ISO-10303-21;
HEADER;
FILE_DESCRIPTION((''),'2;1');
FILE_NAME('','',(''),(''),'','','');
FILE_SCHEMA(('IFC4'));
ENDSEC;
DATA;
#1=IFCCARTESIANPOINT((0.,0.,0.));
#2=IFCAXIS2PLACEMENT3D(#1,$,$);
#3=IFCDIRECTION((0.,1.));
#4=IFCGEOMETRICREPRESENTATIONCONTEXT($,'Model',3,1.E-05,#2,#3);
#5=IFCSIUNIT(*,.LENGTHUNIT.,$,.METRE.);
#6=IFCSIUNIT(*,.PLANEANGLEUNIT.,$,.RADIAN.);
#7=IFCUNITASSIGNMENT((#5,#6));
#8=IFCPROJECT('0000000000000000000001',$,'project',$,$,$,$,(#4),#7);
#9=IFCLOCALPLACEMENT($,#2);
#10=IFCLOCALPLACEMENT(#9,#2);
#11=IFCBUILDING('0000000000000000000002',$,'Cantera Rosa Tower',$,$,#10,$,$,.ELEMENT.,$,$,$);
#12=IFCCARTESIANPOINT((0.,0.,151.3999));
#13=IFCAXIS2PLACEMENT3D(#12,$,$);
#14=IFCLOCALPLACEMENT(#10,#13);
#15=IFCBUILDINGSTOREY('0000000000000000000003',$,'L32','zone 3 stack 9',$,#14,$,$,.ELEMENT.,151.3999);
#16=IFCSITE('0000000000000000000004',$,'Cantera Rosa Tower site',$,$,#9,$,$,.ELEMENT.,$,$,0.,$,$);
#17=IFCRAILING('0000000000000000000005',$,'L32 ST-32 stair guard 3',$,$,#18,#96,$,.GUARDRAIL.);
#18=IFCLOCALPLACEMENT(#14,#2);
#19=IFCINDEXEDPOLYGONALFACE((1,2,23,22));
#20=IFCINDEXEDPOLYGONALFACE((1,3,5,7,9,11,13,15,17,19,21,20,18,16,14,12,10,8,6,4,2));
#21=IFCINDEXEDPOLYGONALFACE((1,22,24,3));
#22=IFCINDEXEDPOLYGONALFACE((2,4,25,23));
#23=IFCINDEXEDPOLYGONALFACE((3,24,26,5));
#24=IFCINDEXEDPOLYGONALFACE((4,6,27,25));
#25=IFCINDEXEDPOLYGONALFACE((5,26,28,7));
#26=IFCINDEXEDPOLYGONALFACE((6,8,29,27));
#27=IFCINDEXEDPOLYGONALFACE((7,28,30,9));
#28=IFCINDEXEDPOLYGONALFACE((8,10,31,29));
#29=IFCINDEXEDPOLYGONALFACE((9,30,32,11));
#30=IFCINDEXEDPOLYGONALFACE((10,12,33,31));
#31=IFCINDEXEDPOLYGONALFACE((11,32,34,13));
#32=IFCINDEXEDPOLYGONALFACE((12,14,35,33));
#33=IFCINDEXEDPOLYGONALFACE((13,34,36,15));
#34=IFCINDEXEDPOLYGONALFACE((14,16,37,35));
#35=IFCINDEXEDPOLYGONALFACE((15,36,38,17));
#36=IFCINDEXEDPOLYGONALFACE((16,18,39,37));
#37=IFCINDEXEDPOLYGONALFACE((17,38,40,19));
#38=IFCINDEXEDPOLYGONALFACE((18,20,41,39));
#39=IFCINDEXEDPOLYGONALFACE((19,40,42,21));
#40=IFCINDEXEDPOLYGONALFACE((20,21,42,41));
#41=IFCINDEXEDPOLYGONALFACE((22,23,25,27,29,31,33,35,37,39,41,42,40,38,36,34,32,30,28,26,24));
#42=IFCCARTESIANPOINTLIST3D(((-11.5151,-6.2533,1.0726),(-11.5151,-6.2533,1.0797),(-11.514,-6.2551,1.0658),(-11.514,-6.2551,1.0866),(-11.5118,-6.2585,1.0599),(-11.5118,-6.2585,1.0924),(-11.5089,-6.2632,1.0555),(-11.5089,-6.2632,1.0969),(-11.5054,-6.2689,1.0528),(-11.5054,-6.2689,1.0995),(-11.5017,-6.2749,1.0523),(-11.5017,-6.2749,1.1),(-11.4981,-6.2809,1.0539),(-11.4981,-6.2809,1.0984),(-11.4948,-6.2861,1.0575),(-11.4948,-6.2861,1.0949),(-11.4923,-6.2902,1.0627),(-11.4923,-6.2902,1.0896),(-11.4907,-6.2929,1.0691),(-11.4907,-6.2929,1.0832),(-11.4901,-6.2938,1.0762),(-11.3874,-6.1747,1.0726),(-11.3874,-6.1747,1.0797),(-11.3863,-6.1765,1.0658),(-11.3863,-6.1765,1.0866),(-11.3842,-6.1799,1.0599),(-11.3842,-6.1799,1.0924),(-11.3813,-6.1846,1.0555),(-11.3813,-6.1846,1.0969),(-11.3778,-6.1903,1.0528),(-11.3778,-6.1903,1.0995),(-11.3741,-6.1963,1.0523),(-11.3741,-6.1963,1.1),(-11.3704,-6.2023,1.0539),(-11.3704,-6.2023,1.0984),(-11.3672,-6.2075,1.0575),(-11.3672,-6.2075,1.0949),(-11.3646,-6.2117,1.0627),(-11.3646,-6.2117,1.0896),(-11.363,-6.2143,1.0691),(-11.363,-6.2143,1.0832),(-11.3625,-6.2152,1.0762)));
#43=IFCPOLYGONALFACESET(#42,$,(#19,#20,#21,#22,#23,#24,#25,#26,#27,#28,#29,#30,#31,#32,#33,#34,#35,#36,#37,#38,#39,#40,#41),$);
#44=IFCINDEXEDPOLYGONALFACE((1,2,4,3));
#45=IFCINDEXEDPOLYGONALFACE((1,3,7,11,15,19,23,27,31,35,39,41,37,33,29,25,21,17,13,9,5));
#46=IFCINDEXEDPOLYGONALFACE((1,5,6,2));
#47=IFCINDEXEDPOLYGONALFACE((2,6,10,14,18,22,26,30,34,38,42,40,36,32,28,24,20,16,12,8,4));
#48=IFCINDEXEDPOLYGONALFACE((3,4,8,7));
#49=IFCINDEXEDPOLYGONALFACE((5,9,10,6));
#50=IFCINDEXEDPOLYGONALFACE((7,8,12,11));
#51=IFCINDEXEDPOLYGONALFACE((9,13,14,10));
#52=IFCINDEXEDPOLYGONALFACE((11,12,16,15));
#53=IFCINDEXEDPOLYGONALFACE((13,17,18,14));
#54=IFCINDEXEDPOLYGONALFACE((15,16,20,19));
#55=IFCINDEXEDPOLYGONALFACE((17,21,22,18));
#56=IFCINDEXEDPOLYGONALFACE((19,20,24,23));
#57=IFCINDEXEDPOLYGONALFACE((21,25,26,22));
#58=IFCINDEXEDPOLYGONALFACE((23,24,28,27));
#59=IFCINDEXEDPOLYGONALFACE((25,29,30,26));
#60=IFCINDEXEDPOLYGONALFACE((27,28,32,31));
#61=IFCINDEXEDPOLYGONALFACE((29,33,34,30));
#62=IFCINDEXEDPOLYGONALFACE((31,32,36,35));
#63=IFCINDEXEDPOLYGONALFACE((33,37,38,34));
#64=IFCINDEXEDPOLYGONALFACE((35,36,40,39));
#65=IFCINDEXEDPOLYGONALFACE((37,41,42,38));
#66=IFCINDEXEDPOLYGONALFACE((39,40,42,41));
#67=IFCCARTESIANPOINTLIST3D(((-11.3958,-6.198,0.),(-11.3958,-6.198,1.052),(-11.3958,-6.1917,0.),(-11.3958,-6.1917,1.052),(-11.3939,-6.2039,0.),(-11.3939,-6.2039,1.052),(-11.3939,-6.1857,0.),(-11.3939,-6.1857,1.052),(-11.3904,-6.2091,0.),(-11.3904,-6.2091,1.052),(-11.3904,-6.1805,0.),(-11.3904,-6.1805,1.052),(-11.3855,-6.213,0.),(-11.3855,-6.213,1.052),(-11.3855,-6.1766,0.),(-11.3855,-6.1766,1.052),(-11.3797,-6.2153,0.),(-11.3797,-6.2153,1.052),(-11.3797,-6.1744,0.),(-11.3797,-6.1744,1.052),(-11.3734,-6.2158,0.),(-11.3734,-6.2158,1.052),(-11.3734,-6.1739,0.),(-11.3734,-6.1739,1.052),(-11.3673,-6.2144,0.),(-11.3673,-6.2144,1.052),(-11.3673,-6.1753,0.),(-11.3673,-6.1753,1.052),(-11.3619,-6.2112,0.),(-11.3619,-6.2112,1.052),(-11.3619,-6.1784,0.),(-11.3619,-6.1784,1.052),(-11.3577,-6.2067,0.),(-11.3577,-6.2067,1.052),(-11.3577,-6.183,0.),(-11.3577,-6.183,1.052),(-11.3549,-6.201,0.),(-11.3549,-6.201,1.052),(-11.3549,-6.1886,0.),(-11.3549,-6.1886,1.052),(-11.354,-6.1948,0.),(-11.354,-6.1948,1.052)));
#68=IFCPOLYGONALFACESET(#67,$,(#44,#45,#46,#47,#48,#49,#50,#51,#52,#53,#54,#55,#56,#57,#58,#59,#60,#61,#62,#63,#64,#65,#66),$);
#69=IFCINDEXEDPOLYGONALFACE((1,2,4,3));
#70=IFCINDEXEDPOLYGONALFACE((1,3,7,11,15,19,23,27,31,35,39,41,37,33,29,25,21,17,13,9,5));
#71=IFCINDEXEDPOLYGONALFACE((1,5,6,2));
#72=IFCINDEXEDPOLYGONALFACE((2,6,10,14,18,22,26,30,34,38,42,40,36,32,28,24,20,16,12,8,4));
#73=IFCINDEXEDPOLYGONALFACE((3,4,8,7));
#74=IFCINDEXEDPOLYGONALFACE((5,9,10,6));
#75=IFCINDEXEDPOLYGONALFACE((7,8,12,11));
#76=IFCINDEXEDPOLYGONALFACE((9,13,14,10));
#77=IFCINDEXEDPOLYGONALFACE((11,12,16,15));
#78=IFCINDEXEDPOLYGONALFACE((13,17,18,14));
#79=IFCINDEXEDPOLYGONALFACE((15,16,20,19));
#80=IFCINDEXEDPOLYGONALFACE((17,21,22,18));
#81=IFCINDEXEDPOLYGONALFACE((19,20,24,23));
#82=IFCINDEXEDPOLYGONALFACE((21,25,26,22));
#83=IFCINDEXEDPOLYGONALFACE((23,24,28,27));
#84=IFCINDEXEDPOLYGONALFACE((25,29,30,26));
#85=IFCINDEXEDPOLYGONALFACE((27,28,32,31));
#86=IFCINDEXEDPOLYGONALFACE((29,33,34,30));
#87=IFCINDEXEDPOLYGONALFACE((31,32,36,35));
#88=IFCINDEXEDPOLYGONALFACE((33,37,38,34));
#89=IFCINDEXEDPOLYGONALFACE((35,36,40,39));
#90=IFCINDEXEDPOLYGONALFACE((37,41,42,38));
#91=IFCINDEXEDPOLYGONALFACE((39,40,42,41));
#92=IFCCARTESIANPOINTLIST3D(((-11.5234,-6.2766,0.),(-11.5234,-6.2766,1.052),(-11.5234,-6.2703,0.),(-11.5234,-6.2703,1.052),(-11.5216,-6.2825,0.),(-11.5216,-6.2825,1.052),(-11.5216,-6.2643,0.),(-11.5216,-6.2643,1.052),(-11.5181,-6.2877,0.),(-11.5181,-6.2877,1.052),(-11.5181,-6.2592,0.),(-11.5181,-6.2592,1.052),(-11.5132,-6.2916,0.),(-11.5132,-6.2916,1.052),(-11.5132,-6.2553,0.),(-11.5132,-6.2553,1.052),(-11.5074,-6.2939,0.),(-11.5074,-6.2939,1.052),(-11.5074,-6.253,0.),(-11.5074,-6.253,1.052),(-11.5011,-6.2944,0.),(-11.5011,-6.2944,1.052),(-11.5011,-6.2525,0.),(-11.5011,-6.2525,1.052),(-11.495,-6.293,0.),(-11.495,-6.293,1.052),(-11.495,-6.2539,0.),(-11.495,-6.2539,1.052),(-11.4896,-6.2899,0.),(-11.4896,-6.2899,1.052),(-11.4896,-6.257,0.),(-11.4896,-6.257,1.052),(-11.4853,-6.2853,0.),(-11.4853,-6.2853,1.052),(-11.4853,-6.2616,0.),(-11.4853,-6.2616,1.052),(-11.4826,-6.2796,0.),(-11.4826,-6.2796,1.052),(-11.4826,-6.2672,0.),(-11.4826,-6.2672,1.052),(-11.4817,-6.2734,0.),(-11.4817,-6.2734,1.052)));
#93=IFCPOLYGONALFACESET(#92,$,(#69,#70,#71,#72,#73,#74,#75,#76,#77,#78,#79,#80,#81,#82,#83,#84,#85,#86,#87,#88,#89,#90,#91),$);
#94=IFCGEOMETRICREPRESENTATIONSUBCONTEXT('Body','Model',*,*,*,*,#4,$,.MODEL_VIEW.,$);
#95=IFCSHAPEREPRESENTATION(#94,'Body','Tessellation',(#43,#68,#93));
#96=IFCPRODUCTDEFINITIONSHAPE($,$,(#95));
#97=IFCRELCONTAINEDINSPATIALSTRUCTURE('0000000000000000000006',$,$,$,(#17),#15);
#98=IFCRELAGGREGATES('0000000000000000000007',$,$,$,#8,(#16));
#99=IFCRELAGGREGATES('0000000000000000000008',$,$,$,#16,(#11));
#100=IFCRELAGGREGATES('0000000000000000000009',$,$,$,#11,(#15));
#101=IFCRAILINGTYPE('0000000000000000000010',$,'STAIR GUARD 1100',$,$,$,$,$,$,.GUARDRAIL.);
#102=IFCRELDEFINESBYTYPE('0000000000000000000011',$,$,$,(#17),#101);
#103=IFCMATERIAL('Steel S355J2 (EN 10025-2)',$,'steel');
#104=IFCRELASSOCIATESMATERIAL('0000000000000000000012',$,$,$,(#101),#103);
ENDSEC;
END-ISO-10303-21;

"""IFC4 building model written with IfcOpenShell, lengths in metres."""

from ifc_helpers import new_model, si_unit, direction, frame, origin, origin_2d, place, context, subcontext, project, spatial, circle, extrude, material, type_object, element, save


model = new_model("IFC4")

# Units and contexts
model_context = context("Model", 3, precision=1e-05, world=origin(), true_north=direction((0.0, 1.0)))
body_context = subcontext(model_context, "Body", "Model", "MODEL_VIEW")
ifc_project = project(units=[si_unit("LENGTHUNIT", "METRE"), si_unit("PLANEANGLEUNIT", "RADIAN")], contexts=[model_context])

# Site, building, storey
site_placement = place(None, origin())
site = spatial("IfcSite", under=ifc_project, at=site_placement, Name="Cantera Rosa Tower site", CompositionType="ELEMENT", RefElevation=0.0)
building_placement = place(site_placement, origin())
building = spatial("IfcBuilding", under=site, at=building_placement, Name="Cantera Rosa Tower", CompositionType="ELEMENT")
storey_placement = place(building_placement, frame((0.0, 0.0, 151.3999)))
storey = spatial("IfcBuildingStorey", under=building, at=storey_placement, Name="L32", Description="zone 3 stack 9", CompositionType="ELEMENT", Elevation=151.3999)

# Railing
ifc_material_1 = material(Name="Steel S355J2 (EN 10025-2)", Category="steel")
railing_type_1 = type_object("IfcRailingType", Name="STAIR GUARD 1100", PredefinedType="GUARDRAIL", material=ifc_material_1)
railing_1_placement = place(storey_placement, frame((-11.375, -6.1948, 0.0)))
element("IfcRailing", 1, at=railing_1_placement, inside=storey, type_object=railing_type_1, Name="L32 ST-32 stair guard 3", PredefinedType="GUARDRAIL", context=body_context, shape_type="SweptSolid", body=[
    extrude(circle(Radius=0.0239, at=origin_2d()), frame((0.0, 0.0, 1.0762), z_axis=(-0.851546, -0.524279, 0.0), x_axis=(0.524279, -0.851546, 0.0)), (0.0, 0.0, 1.0), 0.1499),
    extrude(circle(Radius=0.021, at=origin_2d()), origin(), (0.0, 0.0, 1.0), 1.052),
    extrude(circle(Radius=0.021, at=origin_2d()), frame((-0.1277, -0.0786, 0.0)), (0.0, 0.0, 1.0), 1.052),
])

save(model, "model.ifc")
